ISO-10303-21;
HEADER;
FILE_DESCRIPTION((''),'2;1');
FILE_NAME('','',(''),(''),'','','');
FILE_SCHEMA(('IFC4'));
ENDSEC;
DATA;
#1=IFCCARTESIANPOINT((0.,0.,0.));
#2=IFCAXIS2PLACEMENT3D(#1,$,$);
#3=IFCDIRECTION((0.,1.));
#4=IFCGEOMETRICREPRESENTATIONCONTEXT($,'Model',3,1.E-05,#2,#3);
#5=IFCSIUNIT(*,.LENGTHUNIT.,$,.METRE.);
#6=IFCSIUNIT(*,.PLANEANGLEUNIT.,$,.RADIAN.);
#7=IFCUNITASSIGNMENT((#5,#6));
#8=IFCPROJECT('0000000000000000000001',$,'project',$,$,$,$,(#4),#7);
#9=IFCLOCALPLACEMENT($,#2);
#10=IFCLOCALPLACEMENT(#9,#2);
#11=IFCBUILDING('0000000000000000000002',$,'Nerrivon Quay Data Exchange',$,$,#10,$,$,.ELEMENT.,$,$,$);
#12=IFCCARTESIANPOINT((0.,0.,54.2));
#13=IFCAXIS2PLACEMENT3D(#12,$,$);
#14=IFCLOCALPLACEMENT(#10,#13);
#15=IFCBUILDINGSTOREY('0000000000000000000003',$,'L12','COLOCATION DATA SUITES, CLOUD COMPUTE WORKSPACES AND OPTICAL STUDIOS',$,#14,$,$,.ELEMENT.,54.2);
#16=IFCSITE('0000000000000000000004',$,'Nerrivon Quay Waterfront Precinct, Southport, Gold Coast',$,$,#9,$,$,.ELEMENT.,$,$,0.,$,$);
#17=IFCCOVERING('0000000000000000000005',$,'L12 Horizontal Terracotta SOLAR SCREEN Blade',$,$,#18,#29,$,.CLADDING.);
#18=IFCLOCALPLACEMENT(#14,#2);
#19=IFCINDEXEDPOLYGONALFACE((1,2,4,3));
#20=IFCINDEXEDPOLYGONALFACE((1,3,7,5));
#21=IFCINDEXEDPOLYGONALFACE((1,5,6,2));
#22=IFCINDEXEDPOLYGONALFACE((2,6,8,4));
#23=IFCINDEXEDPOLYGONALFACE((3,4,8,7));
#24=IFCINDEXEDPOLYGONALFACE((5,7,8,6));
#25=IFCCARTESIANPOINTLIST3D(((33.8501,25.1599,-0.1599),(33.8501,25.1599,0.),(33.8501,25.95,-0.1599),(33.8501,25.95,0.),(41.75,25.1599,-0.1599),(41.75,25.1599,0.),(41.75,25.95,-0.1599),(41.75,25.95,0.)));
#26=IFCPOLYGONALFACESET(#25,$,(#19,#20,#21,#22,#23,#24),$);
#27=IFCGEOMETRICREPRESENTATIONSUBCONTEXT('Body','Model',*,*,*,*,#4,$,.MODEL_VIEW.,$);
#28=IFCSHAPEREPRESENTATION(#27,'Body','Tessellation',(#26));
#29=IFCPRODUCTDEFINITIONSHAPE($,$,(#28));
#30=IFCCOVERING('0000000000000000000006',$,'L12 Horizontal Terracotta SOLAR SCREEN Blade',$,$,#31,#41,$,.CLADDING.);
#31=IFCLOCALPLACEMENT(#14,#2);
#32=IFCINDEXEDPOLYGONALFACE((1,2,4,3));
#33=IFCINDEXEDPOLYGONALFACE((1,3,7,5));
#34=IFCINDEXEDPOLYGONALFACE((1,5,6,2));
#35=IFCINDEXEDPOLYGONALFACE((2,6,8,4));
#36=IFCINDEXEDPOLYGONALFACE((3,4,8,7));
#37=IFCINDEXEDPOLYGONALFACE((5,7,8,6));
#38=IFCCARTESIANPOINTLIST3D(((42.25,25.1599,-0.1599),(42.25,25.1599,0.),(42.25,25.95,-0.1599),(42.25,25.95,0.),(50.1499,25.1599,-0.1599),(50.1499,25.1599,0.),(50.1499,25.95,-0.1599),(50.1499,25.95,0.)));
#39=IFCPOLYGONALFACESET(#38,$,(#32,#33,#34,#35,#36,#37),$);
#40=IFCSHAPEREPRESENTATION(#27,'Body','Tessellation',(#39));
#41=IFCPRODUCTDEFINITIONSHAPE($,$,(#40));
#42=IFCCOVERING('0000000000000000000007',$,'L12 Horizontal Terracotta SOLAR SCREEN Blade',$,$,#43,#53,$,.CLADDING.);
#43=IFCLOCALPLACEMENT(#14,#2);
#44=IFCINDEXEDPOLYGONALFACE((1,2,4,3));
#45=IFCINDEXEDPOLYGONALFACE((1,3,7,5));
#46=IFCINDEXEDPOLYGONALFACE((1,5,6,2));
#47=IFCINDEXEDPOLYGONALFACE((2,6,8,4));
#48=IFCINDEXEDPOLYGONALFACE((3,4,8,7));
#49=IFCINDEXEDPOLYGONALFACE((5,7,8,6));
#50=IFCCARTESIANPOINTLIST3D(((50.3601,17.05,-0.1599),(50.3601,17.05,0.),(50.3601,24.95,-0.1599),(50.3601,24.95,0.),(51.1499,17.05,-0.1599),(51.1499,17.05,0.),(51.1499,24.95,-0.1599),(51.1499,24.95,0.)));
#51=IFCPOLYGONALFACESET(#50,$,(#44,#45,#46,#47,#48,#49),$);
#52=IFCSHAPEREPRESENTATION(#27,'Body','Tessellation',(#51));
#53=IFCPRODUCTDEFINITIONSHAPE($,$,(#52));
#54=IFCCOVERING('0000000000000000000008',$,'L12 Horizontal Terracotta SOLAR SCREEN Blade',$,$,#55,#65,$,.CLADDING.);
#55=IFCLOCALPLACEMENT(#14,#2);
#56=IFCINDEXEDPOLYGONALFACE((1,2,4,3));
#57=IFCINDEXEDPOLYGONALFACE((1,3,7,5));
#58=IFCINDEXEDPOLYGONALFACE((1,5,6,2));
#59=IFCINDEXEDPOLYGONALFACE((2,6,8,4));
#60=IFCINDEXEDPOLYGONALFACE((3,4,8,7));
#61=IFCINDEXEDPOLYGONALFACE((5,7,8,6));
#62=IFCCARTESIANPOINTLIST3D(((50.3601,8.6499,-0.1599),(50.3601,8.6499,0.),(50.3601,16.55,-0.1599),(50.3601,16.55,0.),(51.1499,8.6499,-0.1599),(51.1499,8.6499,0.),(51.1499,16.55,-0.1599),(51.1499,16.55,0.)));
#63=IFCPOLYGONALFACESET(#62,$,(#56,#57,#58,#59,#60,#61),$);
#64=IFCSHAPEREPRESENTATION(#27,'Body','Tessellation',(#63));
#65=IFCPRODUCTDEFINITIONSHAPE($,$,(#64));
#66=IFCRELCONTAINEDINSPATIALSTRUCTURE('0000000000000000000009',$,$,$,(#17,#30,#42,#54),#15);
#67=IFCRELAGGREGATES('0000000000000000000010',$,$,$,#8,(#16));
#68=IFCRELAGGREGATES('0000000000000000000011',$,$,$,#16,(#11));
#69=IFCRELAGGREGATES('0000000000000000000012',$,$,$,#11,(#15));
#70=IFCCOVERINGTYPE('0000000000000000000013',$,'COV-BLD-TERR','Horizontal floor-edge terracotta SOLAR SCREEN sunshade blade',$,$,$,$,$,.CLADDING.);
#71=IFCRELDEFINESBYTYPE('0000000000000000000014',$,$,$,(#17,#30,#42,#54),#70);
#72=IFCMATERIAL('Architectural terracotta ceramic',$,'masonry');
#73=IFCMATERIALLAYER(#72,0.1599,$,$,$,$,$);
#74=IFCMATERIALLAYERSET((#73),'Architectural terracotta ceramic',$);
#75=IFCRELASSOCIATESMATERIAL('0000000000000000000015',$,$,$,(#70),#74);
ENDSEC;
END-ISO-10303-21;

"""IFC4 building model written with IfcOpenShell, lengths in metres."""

from ifc_helpers import new_model, si_unit, direction, frame, origin, place, context, subcontext, project, spatial, polyline, outline, extrude, material, layer, layer_set, type_object, element, save


model = new_model("IFC4")

# Units and contexts
model_context = context("Model", 3, precision=1e-05, world=origin(), true_north=direction((0.0, 1.0)))
body_context = subcontext(model_context, "Body", "Model", "MODEL_VIEW")
ifc_project = project(units=[si_unit("LENGTHUNIT", "METRE"), si_unit("PLANEANGLEUNIT", "RADIAN")], contexts=[model_context])

# Site, building, storey
site_placement = place(None, origin())
site = spatial("IfcSite", under=ifc_project, at=site_placement, Name="Nerrivon Quay Waterfront Precinct, Southport, Gold Coast", CompositionType="ELEMENT", RefElevation=0.0)
building_placement = place(site_placement, origin())
building = spatial("IfcBuilding", under=site, at=building_placement, Name="Nerrivon Quay Data Exchange", CompositionType="ELEMENT")
storey_placement = place(building_placement, frame((0.0, 0.0, 54.2)))
storey = spatial("IfcBuildingStorey", under=building, at=storey_placement, Name="L12", Description="COLOCATION DATA SUITES, CLOUD COMPUTE WORKSPACES AND OPTICAL STUDIOS", CompositionType="ELEMENT", Elevation=54.2)

# Coverings
ifc_material_1 = material(Name="Architectural terracotta ceramic", Category="masonry")
ifc_layer_1 = layer(ifc_material_1, 0.1599)
ifc_layer_set_1 = layer_set([ifc_layer_1], Name="Architectural terracotta ceramic")
covering_type = type_object("IfcCoveringType", Name="COV-BLD-TERR", Description="Horizontal floor-edge terracotta SOLAR SCREEN sunshade blade", PredefinedType="CLADDING", material=ifc_layer_set_1)
covering_1_placement = place(storey_placement, frame((0.0, 0.0, -0.1599)))
element("IfcCovering", 1, at=covering_1_placement, inside=storey, type_object=covering_type, Name="L12 Horizontal Terracotta SOLAR SCREEN Blade", PredefinedType="CLADDING", context=body_context, shape_type="SweptSolid", body=[
    extrude(outline(polyline([(33.8501, 25.1599), (41.75, 25.1599), (41.75, 25.95), (33.8501, 25.95), (33.8501, 25.1599)])), origin(), (0.0, 0.0, 1.0), 0.1599),
])
covering_2_placement = place(storey_placement, frame((0.0, 0.0, -0.1599)))
element("IfcCovering", 2, at=covering_2_placement, inside=storey, type_object=covering_type, Name="L12 Horizontal Terracotta SOLAR SCREEN Blade", PredefinedType="CLADDING", context=body_context, shape_type="SweptSolid", body=[
    extrude(outline(polyline([(42.25, 25.1599), (50.1499, 25.1599), (50.1499, 25.95), (42.25, 25.95), (42.25, 25.1599)])), origin(), (0.0, 0.0, 1.0), 0.1599),
])
covering_3_placement = place(storey_placement, frame((0.0, 0.0, -0.1599)))
element("IfcCovering", 3, at=covering_3_placement, inside=storey, type_object=covering_type, Name="L12 Horizontal Terracotta SOLAR SCREEN Blade", PredefinedType="CLADDING", context=body_context, shape_type="SweptSolid", body=[
    extrude(outline(polyline([(50.3601, 24.95), (50.3601, 17.05), (51.1499, 17.05), (51.1499, 24.95), (50.3601, 24.95)])), origin(), (0.0, 0.0, 1.0), 0.1599),
])
covering_4_placement = place(storey_placement, frame((0.0, 0.0, -0.1599)))
element("IfcCovering", 4, at=covering_4_placement, inside=storey, type_object=covering_type, Name="L12 Horizontal Terracotta SOLAR SCREEN Blade", PredefinedType="CLADDING", context=body_context, shape_type="SweptSolid", body=[
    extrude(outline(polyline([(50.3601, 16.55), (50.3601, 8.6499), (51.1499, 8.6499), (51.1499, 16.55), (50.3601, 16.55)])), origin(), (0.0, 0.0, 1.0), 0.1599),
])

save(model, "model.ifc")
